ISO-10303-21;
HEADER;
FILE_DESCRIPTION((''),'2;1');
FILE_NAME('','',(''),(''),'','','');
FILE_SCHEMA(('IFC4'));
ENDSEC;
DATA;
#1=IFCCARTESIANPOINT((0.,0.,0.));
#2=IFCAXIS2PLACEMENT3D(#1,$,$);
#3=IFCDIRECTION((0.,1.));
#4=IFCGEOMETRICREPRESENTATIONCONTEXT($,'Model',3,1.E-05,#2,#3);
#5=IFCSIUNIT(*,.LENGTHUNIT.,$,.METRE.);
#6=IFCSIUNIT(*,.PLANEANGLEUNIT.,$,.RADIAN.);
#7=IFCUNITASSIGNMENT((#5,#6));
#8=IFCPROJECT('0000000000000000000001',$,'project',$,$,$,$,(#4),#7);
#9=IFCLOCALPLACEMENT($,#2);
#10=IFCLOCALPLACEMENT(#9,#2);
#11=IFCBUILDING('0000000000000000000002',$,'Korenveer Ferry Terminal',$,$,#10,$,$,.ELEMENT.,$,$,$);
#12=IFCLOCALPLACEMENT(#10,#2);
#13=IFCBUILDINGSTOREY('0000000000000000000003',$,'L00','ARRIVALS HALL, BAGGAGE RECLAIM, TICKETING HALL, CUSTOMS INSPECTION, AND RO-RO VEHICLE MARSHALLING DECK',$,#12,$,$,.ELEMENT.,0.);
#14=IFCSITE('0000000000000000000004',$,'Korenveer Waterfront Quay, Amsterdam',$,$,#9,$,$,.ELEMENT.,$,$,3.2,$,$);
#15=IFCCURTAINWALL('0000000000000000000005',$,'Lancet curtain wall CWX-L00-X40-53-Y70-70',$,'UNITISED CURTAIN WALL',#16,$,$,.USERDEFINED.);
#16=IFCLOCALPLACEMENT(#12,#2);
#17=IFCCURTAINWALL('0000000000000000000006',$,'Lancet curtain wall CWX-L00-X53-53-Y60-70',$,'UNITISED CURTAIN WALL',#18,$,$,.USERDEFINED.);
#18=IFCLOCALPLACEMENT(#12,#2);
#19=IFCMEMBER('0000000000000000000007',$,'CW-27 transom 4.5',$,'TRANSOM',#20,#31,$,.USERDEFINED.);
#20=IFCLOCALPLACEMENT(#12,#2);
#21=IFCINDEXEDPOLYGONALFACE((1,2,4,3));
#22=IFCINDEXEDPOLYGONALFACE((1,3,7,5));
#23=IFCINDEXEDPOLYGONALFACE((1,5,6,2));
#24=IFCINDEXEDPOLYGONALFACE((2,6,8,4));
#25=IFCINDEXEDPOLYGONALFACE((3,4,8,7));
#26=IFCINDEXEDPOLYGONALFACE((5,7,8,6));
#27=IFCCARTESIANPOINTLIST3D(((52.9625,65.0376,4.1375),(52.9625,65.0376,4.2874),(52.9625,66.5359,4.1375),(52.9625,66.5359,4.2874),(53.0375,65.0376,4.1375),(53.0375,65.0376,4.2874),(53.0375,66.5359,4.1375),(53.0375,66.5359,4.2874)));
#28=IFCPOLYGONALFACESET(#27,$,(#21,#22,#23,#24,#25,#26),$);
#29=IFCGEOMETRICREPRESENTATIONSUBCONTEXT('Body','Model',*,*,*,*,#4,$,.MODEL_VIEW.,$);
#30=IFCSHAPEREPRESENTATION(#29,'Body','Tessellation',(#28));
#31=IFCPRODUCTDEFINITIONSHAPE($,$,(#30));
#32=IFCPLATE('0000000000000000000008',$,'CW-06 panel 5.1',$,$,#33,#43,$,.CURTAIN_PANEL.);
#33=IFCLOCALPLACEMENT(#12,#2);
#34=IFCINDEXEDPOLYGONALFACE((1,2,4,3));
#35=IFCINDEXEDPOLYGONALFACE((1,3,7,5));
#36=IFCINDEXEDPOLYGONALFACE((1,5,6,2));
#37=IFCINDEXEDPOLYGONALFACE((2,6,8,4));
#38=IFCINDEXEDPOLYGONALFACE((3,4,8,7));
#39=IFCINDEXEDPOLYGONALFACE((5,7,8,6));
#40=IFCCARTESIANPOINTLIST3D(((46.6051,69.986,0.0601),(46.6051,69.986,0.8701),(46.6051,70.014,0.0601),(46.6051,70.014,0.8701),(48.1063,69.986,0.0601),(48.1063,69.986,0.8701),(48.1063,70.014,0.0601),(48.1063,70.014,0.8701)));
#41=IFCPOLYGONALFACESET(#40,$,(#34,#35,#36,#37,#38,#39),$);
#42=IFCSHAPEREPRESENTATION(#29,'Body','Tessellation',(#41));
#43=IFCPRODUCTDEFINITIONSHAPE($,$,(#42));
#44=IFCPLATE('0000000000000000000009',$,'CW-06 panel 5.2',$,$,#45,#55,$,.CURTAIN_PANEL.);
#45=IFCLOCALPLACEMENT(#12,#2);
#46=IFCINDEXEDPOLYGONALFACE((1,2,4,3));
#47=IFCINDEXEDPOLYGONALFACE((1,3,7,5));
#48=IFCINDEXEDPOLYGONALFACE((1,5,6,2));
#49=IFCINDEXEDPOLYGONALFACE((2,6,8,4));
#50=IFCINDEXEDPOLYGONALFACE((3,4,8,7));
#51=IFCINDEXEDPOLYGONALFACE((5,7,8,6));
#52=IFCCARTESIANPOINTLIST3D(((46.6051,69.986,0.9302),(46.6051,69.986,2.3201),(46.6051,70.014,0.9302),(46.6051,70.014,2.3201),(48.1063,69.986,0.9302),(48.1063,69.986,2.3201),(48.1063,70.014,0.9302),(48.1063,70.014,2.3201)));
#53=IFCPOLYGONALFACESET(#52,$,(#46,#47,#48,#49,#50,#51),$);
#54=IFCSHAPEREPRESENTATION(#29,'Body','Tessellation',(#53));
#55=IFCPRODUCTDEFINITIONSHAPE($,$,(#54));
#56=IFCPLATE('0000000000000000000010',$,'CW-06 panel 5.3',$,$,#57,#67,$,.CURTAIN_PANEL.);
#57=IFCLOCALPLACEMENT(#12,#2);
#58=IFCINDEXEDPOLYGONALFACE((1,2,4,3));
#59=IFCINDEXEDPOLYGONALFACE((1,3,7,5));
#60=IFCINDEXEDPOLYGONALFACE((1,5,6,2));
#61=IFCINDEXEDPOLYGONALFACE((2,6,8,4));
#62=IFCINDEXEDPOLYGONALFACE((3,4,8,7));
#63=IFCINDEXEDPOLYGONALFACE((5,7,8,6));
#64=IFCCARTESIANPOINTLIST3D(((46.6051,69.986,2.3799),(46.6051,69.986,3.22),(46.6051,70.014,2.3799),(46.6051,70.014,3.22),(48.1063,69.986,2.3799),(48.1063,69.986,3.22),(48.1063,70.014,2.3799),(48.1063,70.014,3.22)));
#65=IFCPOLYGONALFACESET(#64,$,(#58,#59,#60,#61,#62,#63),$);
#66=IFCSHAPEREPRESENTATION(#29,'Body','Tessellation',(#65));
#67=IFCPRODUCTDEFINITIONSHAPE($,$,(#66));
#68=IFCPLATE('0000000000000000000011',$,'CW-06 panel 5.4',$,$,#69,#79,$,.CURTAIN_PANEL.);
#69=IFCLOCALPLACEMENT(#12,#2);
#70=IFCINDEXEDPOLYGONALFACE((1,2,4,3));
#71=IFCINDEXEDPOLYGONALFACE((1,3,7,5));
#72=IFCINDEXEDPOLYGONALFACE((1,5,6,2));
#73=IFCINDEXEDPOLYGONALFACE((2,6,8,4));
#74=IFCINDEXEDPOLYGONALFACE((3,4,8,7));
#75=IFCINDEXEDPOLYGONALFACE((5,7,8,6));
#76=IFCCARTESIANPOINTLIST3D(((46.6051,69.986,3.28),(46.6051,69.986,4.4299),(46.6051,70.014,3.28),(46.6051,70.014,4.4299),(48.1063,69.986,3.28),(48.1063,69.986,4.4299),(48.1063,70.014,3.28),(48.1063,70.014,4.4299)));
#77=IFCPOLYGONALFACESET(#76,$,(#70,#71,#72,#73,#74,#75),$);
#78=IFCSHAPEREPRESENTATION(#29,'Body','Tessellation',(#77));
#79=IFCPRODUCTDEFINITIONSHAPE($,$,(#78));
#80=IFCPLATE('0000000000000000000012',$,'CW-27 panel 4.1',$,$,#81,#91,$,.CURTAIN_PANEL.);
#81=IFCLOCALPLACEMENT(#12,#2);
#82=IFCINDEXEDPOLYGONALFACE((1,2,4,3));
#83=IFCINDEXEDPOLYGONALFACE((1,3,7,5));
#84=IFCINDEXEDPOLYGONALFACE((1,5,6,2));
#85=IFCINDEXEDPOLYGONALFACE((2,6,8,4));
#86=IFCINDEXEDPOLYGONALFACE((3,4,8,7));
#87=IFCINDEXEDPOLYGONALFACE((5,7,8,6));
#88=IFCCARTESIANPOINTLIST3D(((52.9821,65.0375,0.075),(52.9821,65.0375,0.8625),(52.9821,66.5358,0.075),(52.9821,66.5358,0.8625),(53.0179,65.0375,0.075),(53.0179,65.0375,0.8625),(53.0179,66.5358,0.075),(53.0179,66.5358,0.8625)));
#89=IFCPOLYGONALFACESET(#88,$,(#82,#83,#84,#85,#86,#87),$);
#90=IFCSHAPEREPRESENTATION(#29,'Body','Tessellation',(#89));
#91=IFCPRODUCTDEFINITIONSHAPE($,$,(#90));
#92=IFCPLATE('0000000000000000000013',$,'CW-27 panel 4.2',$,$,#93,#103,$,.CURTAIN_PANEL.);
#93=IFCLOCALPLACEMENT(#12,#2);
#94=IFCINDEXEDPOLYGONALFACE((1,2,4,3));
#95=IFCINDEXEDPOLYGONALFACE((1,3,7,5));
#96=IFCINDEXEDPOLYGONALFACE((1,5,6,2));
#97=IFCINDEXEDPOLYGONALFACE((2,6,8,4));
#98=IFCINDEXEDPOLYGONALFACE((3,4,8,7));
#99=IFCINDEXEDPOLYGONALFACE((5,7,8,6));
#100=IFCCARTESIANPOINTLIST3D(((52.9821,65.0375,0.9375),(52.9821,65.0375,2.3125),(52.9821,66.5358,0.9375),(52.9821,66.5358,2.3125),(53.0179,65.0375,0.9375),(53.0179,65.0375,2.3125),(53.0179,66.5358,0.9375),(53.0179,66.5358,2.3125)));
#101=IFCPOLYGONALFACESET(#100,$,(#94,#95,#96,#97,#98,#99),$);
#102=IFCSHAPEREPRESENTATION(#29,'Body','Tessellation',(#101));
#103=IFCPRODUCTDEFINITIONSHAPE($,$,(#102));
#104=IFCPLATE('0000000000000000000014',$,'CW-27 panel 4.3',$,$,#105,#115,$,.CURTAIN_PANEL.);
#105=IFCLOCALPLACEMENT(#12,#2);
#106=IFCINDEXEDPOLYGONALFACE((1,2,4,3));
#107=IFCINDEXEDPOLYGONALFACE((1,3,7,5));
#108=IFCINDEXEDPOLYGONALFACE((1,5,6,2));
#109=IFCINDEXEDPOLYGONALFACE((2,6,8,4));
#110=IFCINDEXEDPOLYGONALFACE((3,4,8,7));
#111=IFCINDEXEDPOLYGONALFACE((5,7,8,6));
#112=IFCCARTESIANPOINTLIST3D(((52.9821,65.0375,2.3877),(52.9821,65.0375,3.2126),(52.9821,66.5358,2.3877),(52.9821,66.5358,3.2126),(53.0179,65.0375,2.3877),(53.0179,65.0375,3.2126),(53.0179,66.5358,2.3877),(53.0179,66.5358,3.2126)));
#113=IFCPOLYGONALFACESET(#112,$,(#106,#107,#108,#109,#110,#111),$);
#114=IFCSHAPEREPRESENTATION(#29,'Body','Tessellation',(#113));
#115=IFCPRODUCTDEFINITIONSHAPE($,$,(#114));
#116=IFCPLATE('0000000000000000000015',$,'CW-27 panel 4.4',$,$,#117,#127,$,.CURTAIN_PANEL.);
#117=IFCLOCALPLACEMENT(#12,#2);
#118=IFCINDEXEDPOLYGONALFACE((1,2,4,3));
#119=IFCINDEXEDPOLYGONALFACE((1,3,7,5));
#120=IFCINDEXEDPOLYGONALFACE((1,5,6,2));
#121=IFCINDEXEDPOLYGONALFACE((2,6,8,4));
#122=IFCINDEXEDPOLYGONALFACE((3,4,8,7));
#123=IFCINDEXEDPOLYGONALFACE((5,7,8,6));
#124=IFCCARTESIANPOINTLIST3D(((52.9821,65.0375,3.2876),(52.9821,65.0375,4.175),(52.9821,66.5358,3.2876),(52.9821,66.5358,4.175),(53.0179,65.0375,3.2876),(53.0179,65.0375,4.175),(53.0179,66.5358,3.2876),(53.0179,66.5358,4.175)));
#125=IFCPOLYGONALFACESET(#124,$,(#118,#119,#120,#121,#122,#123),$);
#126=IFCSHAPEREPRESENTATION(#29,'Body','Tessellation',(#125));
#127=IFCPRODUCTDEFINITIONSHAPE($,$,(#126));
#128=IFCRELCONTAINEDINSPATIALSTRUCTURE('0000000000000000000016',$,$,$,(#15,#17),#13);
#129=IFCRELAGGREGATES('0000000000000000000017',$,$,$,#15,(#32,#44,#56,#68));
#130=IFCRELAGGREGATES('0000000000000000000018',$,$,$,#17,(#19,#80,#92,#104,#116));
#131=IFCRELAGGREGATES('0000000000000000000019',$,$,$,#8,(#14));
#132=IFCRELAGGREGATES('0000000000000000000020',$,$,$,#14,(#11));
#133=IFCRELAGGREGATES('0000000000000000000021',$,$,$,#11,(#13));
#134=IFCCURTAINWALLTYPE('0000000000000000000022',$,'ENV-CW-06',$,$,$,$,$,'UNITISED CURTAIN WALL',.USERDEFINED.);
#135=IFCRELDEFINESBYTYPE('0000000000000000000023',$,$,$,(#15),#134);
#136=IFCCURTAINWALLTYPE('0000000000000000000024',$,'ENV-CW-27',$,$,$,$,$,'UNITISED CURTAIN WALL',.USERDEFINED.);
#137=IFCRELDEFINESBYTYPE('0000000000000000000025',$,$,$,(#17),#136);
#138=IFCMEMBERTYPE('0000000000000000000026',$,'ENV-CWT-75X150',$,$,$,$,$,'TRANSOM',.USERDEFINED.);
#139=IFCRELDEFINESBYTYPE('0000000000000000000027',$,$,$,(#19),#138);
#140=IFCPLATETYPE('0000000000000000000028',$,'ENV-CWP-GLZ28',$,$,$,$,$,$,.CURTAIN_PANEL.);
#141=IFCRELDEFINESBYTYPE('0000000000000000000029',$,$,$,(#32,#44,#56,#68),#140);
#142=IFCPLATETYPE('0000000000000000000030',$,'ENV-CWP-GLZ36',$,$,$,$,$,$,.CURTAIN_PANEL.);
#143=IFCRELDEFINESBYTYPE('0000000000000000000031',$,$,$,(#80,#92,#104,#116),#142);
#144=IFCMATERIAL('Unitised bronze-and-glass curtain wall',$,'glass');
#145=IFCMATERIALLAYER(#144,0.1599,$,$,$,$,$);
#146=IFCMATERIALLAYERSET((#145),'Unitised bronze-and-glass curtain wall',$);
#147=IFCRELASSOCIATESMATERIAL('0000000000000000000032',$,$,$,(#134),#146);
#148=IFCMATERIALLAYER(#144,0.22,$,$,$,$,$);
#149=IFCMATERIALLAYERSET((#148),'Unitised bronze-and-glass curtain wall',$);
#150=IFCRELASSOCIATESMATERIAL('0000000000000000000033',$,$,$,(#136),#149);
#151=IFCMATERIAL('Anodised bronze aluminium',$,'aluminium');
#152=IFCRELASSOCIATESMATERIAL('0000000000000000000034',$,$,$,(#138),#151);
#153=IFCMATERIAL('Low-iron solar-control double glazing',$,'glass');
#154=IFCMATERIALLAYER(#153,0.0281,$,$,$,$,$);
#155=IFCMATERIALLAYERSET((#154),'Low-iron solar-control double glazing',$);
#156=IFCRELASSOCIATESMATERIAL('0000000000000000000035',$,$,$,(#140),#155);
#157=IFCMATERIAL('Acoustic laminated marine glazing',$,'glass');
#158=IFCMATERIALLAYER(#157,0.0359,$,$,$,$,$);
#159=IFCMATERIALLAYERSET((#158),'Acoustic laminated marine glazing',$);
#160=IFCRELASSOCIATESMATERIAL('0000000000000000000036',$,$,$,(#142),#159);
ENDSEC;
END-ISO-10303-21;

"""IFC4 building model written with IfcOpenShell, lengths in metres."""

from ifc_helpers import new_model, si_unit, direction, frame, origin, origin_2d, place, context, subcontext, project, spatial, rectangle, extrude, material, layer, layer_set, material_profile, profile_set, type_object, element, aggregate, save


model = new_model("IFC4")

# Units and contexts
model_context = context("Model", 3, precision=1e-05, world=origin(), true_north=direction((0.0, 1.0)))
body_context = subcontext(model_context, "Body", "Model", "MODEL_VIEW")
ifc_project = project(units=[si_unit("LENGTHUNIT", "METRE"), si_unit("PLANEANGLEUNIT", "RADIAN")], contexts=[model_context])

# Site, building, storey
site_placement = place(None, origin())
site = spatial("IfcSite", under=ifc_project, at=site_placement, Name="Korenveer Waterfront Quay, Amsterdam", CompositionType="ELEMENT", RefElevation=3.2)
building_placement = place(site_placement, origin())
building = spatial("IfcBuilding", under=site, at=building_placement, Name="Korenveer Ferry Terminal", CompositionType="ELEMENT")
storey_placement = place(building_placement, origin())
storey = spatial("IfcBuildingStorey", under=building, at=storey_placement, Name="L00", Description="ARRIVALS HALL, BAGGAGE RECLAIM, TICKETING HALL, CUSTOMS INSPECTION, AND RO-RO VEHICLE MARSHALLING DECK", CompositionType="ELEMENT", Elevation=0.0)

# Curtain walls
ifc_material_1 = material(Name="Unitised bronze-and-glass curtain wall", Category="glass")
ifc_layer_1 = layer(ifc_material_1, 0.1599)
ifc_layer_set_1 = layer_set([ifc_layer_1], Name="Unitised bronze-and-glass curtain wall")
curtain_wall_type_1 = type_object("IfcCurtainWallType", Name="ENV-CW-06", ElementType="UNITISED CURTAIN WALL", PredefinedType="USERDEFINED", material=ifc_layer_set_1)
curtain_wall_1_placement = place(storey_placement, frame((40.3301, 70.0, 0.0)))
curtain_wall_1 = element("IfcCurtainWall", 1, at=curtain_wall_1_placement, inside=storey, type_object=curtain_wall_type_1, Name="Lancet curtain wall CWX-L00-X40-53-Y70-70", ObjectType="UNITISED CURTAIN WALL", PredefinedType="USERDEFINED")
ifc_material_2 = material(Name="Anodised bronze aluminium", Category="aluminium")
ifc_layer_2 = layer(ifc_material_1, 0.22)
ifc_layer_set_2 = layer_set([ifc_layer_2], Name="Unitised bronze-and-glass curtain wall")
curtain_wall_type_2 = type_object("IfcCurtainWallType", Name="ENV-CW-27", ElementType="UNITISED CURTAIN WALL", PredefinedType="USERDEFINED", material=ifc_layer_set_2)
curtain_wall_2_placement = place(storey_placement, frame((53.0, 60.28, 0.0)))
curtain_wall_2 = element("IfcCurtainWall", 2, at=curtain_wall_2_placement, inside=storey, type_object=curtain_wall_type_2, Name="Lancet curtain wall CWX-L00-X53-53-Y60-70", ObjectType="UNITISED CURTAIN WALL", PredefinedType="USERDEFINED")

# Member
ifc_material_profile_1 = material_profile(ifc_material_2, rectangle(XDim=0.075, YDim=0.1499, at=origin_2d()), Name="ALU 75x150")
ifc_profile_set_1 = profile_set([ifc_material_profile_1], Name="Anodised bronze aluminium")
member_type_1 = type_object("IfcMemberType", Name="ENV-CWT-75X150", ElementType="TRANSOM", PredefinedType="USERDEFINED", material=ifc_profile_set_1)
member_1_placement = place(storey_placement, frame((53.0, 65.0376, 4.2124), z_axis=(0.0, 1.0, 0.0), x_axis=(-1.0, 0.0, 0.0)))
member_1 = element("IfcMember", 3, at=member_1_placement, type_object=member_type_1, Name="CW-27 transom 4.5", ObjectType="TRANSOM", PredefinedType="USERDEFINED", context=body_context, shape_type="SweptSolid", body=[
    extrude(rectangle(XDim=0.075, YDim=0.1499, at=origin_2d()), origin(), (0.0, 0.0, 1.0), 1.4983),
])

# Plates
ifc_material_3 = material(Name="Low-iron solar-control double glazing", Category="glass")
ifc_layer_3 = layer(ifc_material_3, 0.0281)
ifc_layer_set_3 = layer_set([ifc_layer_3], Name="Low-iron solar-control double glazing")
plate_type_1 = type_object("IfcPlateType", Name="ENV-CWP-GLZ28", PredefinedType="CURTAIN_PANEL", material=ifc_layer_set_3)
plate_1_placement = place(storey_placement, frame((47.3557, 70.0, 0.0601), z_axis=(0.0, 0.0, 1.0), x_axis=(1.0, 0.0, 0.0)))
plate_1 = element("IfcPlate", 4, at=plate_1_placement, type_object=plate_type_1, Name="CW-06 panel 5.1", PredefinedType="CURTAIN_PANEL", context=body_context, shape_type="SweptSolid", body=[
    extrude(rectangle(XDim=1.5012, YDim=0.0281, at=origin_2d()), origin(), (0.0, 0.0, 1.0), 0.8101),
])
plate_2_placement = place(storey_placement, frame((47.3557, 70.0, 0.9302), z_axis=(0.0, 0.0, 1.0), x_axis=(1.0, 0.0, 0.0)))
plate_2 = element("IfcPlate", 5, at=plate_2_placement, type_object=plate_type_1, Name="CW-06 panel 5.2", PredefinedType="CURTAIN_PANEL", context=body_context, shape_type="SweptSolid", body=[
    extrude(rectangle(XDim=1.5012, YDim=0.0281, at=origin_2d()), origin(), (0.0, 0.0, 1.0), 1.3899),
])
plate_3_placement = place(storey_placement, frame((47.3557, 70.0, 2.3799), z_axis=(0.0, 0.0, 1.0), x_axis=(1.0, 0.0, 0.0)))
plate_3 = element("IfcPlate", 6, at=plate_3_placement, type_object=plate_type_1, Name="CW-06 panel 5.3", PredefinedType="CURTAIN_PANEL", context=body_context, shape_type="SweptSolid", body=[
    extrude(rectangle(XDim=1.5012, YDim=0.0281, at=origin_2d()), origin(), (0.0, 0.0, 1.0), 0.8401),
])
plate_4_placement = place(storey_placement, frame((47.3557, 70.0, 3.28), z_axis=(0.0, 0.0, 1.0), x_axis=(1.0, 0.0, 0.0)))
plate_4 = element("IfcPlate", 7, at=plate_4_placement, type_object=plate_type_1, Name="CW-06 panel 5.4", PredefinedType="CURTAIN_PANEL", context=body_context, shape_type="SweptSolid", body=[
    extrude(rectangle(XDim=1.5012, YDim=0.0281, at=origin_2d()), origin(), (0.0, 0.0, 1.0), 1.1499),
])
aggregate(curtain_wall_1, [plate_1, plate_2, plate_3, plate_4])
ifc_material_4 = material(Name="Acoustic laminated marine glazing", Category="glass")
ifc_layer_4 = layer(ifc_material_4, 0.0359)
ifc_layer_set_4 = layer_set([ifc_layer_4], Name="Acoustic laminated marine glazing")
plate_type_2 = type_object("IfcPlateType", Name="ENV-CWP-GLZ36", PredefinedType="CURTAIN_PANEL", material=ifc_layer_set_4)
plate_5_placement = place(storey_placement, frame((53.0, 65.7866, 0.075), z_axis=(0.0, 0.0, 1.0), x_axis=(0.0, 1.0, 0.0)))
plate_5 = element("IfcPlate", 8, at=plate_5_placement, type_object=plate_type_2, Name="CW-27 panel 4.1", PredefinedType="CURTAIN_PANEL", context=body_context, shape_type="SweptSolid", body=[
    extrude(rectangle(XDim=1.4983, YDim=0.0359, at=origin_2d()), origin(), (0.0, 0.0, 1.0), 0.7876),
])
plate_6_placement = place(storey_placement, frame((53.0, 65.7866, 0.9375), z_axis=(0.0, 0.0, 1.0), x_axis=(0.0, 1.0, 0.0)))
plate_6 = element("IfcPlate", 9, at=plate_6_placement, type_object=plate_type_2, Name="CW-27 panel 4.2", PredefinedType="CURTAIN_PANEL", context=body_context, shape_type="SweptSolid", body=[
    extrude(rectangle(XDim=1.4983, YDim=0.0359, at=origin_2d()), origin(), (0.0, 0.0, 1.0), 1.375),
])
plate_7_placement = place(storey_placement, frame((53.0, 65.7866, 2.3877), z_axis=(0.0, 0.0, 1.0), x_axis=(0.0, 1.0, 0.0)))
plate_7 = element("IfcPlate", 10, at=plate_7_placement, type_object=plate_type_2, Name="CW-27 panel 4.3", PredefinedType="CURTAIN_PANEL", context=body_context, shape_type="SweptSolid", body=[
    extrude(rectangle(XDim=1.4983, YDim=0.0359, at=origin_2d()), origin(), (0.0, 0.0, 1.0), 0.825),
])
plate_8_placement = place(storey_placement, frame((53.0, 65.7866, 3.2876), z_axis=(0.0, 0.0, 1.0), x_axis=(0.0, 1.0, 0.0)))
plate_8 = element("IfcPlate", 11, at=plate_8_placement, type_object=plate_type_2, Name="CW-27 panel 4.4", PredefinedType="CURTAIN_PANEL", context=body_context, shape_type="SweptSolid", body=[
    extrude(rectangle(XDim=1.4983, YDim=0.0359, at=origin_2d()), origin(), (0.0, 0.0, 1.0), 0.8875),
])
aggregate(curtain_wall_2, [member_1, plate_5, plate_6, plate_7, plate_8])

save(model, "model.ifc")
